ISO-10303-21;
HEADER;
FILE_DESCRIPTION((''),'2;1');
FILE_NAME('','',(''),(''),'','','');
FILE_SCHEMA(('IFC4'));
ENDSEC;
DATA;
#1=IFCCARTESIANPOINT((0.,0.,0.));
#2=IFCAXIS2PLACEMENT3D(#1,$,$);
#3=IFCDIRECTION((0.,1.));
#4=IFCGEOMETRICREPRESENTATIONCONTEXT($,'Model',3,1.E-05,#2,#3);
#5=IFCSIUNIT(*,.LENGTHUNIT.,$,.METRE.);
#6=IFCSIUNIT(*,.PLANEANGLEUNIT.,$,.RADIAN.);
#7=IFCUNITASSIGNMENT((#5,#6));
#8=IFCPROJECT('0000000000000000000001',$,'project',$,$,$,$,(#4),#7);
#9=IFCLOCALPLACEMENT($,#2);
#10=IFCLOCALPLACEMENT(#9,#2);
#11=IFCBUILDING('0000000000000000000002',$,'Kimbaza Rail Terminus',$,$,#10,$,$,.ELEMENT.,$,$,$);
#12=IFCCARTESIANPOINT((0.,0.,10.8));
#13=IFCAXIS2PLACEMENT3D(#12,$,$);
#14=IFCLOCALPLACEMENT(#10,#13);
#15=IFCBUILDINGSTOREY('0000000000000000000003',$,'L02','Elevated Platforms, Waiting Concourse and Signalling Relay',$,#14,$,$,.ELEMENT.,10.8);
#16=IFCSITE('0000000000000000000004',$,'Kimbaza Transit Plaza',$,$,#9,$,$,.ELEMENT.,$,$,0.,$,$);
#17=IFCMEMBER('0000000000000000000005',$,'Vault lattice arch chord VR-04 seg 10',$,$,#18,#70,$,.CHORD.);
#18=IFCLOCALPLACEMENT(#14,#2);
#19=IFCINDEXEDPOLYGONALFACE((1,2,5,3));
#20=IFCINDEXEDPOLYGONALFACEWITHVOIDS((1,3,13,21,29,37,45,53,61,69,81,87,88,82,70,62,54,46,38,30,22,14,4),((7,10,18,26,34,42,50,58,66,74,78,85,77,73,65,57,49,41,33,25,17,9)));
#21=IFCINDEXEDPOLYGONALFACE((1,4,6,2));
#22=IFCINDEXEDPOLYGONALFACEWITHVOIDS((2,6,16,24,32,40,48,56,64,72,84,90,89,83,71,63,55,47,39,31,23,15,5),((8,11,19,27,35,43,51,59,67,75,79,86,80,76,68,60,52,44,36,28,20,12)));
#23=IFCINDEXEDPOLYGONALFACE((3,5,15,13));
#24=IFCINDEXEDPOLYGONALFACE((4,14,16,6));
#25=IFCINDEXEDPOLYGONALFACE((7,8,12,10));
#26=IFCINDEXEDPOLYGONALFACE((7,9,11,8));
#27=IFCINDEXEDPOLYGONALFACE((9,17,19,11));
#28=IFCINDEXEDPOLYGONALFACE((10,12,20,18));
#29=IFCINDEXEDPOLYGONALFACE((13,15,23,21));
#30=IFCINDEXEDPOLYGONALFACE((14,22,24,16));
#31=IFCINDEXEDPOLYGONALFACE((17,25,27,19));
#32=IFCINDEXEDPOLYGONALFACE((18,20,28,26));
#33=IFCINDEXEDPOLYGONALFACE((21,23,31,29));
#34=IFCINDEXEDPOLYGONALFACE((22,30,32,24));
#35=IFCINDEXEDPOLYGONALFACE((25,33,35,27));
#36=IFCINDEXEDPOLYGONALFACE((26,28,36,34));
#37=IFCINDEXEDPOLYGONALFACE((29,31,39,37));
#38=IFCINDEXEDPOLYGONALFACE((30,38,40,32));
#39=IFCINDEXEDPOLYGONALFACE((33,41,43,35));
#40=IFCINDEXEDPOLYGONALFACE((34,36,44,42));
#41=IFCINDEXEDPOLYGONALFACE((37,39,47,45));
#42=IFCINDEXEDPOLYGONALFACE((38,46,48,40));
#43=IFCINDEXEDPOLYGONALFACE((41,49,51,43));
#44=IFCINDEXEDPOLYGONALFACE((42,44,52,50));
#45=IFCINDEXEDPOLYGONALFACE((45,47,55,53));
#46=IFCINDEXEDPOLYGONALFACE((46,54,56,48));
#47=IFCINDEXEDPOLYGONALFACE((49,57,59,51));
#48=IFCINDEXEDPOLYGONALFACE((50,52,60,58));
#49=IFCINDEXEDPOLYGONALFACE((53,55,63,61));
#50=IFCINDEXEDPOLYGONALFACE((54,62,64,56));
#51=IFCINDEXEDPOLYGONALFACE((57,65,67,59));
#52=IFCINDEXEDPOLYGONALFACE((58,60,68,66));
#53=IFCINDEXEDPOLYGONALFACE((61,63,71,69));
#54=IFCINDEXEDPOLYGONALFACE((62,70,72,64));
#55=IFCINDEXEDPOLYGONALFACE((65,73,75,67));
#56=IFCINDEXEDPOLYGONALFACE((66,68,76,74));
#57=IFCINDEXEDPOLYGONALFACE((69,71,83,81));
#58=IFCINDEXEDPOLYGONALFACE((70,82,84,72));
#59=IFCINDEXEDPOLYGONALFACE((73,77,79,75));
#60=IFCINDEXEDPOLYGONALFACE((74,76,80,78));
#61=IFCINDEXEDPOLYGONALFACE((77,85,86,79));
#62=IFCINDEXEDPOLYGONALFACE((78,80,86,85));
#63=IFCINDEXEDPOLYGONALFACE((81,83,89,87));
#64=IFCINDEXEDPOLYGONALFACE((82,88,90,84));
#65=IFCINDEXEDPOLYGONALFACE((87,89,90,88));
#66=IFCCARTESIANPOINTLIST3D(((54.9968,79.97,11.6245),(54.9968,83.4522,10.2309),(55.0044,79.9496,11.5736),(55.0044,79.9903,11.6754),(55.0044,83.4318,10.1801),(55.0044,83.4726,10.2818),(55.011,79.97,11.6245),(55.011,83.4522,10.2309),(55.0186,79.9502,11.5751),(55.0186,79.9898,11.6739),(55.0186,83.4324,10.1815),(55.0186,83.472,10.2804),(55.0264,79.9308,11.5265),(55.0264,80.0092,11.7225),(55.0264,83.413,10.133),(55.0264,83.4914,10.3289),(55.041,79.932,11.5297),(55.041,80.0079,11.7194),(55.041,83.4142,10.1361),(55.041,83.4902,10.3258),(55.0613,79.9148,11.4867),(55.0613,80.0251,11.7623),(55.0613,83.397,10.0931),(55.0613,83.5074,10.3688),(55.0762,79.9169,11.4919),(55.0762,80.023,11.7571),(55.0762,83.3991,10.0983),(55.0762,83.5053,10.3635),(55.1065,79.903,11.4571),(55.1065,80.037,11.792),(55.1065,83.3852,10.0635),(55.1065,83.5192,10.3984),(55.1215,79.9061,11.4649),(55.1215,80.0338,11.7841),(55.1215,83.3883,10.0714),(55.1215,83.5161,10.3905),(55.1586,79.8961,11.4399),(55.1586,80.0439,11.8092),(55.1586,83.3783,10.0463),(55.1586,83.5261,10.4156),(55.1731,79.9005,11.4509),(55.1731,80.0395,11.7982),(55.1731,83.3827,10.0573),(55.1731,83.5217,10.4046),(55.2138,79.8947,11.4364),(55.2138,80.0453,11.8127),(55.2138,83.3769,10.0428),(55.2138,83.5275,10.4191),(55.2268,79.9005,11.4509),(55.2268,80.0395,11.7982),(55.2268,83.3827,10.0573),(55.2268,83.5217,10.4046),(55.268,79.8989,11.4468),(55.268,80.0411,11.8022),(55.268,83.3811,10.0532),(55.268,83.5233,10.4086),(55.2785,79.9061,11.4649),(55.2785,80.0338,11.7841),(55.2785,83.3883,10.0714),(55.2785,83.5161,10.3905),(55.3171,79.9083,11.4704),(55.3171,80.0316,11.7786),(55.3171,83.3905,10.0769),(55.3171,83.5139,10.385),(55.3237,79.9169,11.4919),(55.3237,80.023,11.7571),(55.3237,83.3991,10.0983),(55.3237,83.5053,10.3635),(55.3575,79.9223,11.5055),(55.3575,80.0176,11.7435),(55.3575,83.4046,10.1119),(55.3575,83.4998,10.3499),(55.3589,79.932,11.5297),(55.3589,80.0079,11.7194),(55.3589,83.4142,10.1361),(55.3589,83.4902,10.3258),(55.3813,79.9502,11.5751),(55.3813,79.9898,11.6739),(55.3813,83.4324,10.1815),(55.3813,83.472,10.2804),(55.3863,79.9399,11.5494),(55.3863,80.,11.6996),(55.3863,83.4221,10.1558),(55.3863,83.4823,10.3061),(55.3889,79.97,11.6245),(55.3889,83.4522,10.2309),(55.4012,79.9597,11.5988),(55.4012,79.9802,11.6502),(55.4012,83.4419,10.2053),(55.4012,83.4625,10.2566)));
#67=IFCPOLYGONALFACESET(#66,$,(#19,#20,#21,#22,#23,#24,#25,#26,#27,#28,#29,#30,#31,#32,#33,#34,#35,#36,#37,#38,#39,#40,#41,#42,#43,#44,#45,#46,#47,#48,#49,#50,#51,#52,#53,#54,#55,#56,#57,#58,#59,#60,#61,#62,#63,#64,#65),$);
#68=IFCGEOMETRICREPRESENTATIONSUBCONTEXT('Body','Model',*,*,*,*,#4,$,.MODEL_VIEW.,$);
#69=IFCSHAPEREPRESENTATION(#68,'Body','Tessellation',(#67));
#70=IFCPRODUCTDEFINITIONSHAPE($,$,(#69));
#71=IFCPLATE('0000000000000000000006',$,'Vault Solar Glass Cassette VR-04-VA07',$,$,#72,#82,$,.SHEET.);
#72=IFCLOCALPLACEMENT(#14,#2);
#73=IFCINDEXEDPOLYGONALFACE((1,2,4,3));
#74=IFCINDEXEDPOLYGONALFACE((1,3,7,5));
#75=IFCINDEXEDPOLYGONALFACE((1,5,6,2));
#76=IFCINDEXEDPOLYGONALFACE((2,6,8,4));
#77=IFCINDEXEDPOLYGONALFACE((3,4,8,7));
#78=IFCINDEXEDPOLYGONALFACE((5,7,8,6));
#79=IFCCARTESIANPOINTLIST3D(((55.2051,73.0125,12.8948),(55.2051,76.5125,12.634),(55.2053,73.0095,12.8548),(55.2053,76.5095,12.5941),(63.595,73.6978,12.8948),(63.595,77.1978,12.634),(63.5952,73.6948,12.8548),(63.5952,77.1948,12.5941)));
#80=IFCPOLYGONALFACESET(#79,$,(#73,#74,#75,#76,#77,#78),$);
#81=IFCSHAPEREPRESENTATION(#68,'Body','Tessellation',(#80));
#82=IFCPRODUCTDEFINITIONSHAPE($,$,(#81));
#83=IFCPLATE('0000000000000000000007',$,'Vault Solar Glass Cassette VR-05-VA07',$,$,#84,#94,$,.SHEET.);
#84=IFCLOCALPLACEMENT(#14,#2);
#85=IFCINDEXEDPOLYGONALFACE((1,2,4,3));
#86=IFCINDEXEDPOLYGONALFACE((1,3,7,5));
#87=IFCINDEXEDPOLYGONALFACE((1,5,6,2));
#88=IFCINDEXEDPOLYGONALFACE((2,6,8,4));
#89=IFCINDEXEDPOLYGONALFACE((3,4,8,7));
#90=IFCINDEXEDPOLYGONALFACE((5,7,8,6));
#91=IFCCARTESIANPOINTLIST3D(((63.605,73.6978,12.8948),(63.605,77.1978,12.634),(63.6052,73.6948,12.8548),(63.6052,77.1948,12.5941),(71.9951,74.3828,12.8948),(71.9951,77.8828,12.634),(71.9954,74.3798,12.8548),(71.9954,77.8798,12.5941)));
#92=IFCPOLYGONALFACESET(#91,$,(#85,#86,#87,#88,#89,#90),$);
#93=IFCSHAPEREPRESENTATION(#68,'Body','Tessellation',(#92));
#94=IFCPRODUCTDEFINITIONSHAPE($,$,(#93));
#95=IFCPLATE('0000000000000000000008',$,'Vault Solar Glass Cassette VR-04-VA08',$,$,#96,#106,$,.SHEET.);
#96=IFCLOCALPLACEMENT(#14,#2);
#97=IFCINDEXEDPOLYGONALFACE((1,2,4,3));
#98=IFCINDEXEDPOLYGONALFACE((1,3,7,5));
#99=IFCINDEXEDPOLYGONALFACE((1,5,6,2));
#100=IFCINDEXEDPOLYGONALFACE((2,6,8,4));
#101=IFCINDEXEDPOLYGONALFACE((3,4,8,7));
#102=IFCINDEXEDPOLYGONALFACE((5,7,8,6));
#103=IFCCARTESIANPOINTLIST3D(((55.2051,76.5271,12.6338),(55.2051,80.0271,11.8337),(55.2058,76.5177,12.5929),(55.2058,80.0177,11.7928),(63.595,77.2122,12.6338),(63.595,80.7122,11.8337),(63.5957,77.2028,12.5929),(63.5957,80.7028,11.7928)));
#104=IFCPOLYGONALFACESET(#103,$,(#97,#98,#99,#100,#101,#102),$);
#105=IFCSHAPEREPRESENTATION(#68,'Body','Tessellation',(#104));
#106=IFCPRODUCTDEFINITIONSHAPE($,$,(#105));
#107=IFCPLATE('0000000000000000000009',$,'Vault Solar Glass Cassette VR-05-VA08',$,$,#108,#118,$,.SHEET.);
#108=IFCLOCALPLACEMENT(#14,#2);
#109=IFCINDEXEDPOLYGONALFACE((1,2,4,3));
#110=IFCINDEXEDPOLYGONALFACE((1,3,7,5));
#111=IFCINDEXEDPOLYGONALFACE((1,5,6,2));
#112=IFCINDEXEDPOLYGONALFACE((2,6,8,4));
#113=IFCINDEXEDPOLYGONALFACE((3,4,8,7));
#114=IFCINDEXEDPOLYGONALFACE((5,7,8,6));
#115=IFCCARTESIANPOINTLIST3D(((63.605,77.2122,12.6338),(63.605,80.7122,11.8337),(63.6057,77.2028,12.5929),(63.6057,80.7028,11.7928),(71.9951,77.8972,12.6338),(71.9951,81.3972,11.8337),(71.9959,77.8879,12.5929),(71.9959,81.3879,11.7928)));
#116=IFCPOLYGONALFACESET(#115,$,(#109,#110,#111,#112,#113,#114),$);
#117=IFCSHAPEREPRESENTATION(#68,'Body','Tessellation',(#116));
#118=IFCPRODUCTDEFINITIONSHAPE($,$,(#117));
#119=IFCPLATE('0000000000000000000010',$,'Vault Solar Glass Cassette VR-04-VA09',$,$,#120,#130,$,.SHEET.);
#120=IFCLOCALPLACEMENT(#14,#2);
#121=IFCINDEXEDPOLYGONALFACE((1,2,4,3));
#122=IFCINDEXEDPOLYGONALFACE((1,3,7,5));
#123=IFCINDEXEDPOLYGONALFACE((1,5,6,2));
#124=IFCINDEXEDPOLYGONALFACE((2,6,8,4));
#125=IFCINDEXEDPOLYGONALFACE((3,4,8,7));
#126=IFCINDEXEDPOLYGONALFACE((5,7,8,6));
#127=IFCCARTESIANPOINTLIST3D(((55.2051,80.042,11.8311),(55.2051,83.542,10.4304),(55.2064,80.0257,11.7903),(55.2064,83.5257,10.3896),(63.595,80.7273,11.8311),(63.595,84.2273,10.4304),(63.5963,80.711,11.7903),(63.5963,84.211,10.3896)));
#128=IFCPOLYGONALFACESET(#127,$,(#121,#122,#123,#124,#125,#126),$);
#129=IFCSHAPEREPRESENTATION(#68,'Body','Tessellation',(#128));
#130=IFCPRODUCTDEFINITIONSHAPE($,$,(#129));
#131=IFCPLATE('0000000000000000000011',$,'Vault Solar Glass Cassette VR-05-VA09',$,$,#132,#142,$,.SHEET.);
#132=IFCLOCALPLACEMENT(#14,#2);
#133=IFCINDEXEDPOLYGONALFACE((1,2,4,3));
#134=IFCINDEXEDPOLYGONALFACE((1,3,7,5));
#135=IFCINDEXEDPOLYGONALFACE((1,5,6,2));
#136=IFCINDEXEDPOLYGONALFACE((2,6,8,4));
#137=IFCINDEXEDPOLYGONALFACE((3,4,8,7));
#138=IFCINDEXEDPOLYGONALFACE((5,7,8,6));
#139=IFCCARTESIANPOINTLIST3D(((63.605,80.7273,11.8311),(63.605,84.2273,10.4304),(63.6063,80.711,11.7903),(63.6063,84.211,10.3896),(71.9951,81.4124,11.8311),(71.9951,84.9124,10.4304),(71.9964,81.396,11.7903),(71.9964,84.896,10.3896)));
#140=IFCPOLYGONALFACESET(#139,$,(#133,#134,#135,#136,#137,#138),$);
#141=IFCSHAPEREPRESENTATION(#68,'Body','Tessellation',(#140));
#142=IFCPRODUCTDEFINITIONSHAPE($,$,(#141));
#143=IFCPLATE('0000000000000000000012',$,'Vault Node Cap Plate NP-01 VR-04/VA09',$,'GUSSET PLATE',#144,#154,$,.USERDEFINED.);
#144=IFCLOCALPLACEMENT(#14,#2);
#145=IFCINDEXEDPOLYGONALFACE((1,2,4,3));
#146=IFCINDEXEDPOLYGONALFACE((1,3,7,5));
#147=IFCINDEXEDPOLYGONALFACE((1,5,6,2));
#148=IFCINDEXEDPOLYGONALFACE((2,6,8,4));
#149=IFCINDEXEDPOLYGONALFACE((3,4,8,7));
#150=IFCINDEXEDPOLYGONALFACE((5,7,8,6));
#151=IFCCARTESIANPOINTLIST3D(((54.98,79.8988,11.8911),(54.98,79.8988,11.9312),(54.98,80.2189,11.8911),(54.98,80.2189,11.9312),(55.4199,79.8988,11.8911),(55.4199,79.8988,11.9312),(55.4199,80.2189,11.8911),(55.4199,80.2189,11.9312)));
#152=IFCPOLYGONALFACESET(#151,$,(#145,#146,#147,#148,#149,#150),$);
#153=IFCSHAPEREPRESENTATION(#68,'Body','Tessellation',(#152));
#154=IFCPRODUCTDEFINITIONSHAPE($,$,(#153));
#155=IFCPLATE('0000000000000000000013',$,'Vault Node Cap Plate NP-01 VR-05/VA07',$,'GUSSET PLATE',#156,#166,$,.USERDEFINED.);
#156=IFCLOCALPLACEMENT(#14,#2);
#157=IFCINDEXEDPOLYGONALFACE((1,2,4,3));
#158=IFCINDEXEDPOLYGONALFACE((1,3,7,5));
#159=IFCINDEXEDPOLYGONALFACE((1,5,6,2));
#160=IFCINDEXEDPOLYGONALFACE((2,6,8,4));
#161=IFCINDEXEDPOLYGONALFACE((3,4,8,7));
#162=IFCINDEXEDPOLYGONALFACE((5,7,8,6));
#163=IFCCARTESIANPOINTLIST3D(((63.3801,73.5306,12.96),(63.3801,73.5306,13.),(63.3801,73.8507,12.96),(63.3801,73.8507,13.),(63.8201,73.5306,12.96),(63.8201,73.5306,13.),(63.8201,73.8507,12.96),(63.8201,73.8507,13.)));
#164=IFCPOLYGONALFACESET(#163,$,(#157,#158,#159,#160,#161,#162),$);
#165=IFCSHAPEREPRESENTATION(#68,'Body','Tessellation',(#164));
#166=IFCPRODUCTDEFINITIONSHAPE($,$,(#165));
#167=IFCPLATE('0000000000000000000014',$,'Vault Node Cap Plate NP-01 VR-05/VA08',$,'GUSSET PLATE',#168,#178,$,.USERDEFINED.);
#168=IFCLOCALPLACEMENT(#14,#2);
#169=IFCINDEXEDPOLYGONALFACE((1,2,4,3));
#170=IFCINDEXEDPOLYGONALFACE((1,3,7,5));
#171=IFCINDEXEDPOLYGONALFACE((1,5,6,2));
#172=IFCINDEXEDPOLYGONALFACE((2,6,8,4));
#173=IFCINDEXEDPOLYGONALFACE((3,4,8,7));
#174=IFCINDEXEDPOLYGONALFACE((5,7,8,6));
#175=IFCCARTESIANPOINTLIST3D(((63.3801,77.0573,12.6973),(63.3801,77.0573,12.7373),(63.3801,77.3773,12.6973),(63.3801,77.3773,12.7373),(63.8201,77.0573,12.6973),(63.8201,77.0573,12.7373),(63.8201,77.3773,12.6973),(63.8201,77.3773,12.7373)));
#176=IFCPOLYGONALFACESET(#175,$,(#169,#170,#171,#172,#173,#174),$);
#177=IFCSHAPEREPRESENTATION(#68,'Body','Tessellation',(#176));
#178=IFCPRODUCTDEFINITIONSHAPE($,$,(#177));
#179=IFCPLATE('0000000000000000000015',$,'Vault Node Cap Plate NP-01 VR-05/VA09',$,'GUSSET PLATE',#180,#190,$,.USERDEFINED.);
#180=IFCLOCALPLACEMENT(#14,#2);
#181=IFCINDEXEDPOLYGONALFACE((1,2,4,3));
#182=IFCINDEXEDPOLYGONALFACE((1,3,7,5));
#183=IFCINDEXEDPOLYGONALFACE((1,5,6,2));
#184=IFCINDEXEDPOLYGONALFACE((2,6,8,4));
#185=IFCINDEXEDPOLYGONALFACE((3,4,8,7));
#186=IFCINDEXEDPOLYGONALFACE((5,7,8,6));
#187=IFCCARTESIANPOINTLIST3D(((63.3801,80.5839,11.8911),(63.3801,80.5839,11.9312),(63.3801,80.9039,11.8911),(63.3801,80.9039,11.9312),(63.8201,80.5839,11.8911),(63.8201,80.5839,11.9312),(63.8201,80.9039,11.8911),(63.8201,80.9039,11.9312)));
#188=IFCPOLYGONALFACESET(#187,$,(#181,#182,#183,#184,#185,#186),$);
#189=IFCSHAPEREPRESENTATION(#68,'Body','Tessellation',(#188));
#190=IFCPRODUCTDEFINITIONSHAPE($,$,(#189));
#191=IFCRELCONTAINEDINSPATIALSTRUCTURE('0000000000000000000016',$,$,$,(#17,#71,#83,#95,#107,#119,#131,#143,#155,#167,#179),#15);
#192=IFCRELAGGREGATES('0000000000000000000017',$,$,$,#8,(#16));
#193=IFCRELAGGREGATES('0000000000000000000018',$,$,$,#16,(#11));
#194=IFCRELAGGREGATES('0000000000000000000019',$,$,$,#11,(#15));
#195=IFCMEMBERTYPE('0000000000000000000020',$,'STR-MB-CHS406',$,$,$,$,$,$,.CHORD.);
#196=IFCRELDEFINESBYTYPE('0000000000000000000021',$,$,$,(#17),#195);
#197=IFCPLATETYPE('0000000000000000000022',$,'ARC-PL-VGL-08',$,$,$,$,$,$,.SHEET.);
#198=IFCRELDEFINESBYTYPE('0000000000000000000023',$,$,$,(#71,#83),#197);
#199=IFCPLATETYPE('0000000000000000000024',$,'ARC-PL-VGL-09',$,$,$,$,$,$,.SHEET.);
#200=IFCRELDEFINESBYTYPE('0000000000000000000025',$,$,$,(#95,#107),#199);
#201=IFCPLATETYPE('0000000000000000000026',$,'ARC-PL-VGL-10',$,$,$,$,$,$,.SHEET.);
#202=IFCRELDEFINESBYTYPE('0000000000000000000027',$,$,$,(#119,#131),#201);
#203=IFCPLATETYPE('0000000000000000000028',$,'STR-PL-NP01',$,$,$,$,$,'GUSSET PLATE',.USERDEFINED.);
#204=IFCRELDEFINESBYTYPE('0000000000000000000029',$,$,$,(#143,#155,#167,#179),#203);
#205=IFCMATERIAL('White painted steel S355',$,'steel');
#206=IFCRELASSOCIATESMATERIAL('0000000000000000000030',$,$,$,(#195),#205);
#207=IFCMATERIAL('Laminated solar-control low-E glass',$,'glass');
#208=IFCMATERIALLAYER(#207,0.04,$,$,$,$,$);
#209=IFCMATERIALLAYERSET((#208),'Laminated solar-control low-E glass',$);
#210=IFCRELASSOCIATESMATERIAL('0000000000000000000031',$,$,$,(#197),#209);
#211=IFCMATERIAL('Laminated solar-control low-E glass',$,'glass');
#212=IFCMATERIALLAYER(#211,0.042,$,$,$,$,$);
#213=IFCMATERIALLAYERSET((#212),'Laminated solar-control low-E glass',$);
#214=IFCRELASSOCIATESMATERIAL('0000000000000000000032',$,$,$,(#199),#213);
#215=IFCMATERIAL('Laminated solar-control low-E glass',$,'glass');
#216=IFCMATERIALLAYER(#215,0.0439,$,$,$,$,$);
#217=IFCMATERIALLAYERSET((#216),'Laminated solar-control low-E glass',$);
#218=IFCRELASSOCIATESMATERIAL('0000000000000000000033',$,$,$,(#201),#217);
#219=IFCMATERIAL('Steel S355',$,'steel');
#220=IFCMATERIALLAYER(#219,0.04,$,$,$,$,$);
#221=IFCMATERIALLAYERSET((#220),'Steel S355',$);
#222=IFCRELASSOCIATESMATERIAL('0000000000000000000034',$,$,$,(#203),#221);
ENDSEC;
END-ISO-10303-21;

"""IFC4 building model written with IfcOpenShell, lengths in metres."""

from ifc_helpers import new_model, si_unit, direction, frame, origin, origin_2d, place, context, subcontext, project, spatial, polyline, rectangle, hollow_circle, outline, extrude, material, layer, layer_set, material_profile, profile_set, type_object, element, save


model = new_model("IFC4")

# Units and contexts
model_context = context("Model", 3, precision=1e-05, world=origin(), true_north=direction((0.0, 1.0)))
body_context = subcontext(model_context, "Body", "Model", "MODEL_VIEW")
ifc_project = project(units=[si_unit("LENGTHUNIT", "METRE"), si_unit("PLANEANGLEUNIT", "RADIAN")], contexts=[model_context])

# Site, building, storey
site_placement = place(None, origin())
site = spatial("IfcSite", under=ifc_project, at=site_placement, Name="Kimbaza Transit Plaza", CompositionType="ELEMENT", RefElevation=0.0)
building_placement = place(site_placement, origin())
building = spatial("IfcBuilding", under=site, at=building_placement, Name="Kimbaza Rail Terminus", CompositionType="ELEMENT")
storey_placement = place(building_placement, frame((0.0, 0.0, 10.8)))
storey = spatial("IfcBuildingStorey", under=building, at=storey_placement, Name="L02", Description="Elevated Platforms, Waiting Concourse and Signalling Relay", CompositionType="ELEMENT", Elevation=10.8)

# Member
ifc_material_1 = material(Name="White painted steel S355", Category="steel")
ifc_material_profile_1 = material_profile(ifc_material_1, hollow_circle(Radius=0.2031, WallThickness=0.0142, at=origin_2d()), Name="CHS 406.4x14.2")
ifc_profile_set_1 = profile_set([ifc_material_profile_1], Name="White painted steel S355")
member_type_1 = type_object("IfcMemberType", Name="STR-MB-CHS406", PredefinedType="CHORD", material=ifc_profile_set_1)
member_1_placement = place(storey_placement, frame((55.2, 79.97, 11.6245), z_axis=(0.0, 0.928414, -0.371548), x_axis=(-1.0, 0.0, 0.0)))
element("IfcMember", 1, at=member_1_placement, inside=storey, type_object=member_type_1, Name="Vault lattice arch chord VR-04 seg 10", PredefinedType="CHORD", context=body_context, shape_type="SweptSolid", body=[
    extrude(hollow_circle(Radius=0.2031, WallThickness=0.0142, at=origin_2d()), origin(), (0.0, 0.0, 1.0), 3.7507),
])

# Plates
ifc_material_2 = material(Name="Laminated solar-control low-E glass", Category="glass")
ifc_layer_1 = layer(ifc_material_2, 0.04)
ifc_layer_set_1 = layer_set([ifc_layer_1], Name="Laminated solar-control low-E glass")
plate_type_1 = type_object("IfcPlateType", Name="ARC-PL-VGL-08", PredefinedType="SHEET", material=ifc_layer_set_1)
plate_1_placement = place(storey_placement, frame((55.2051, 73.0125, 12.8948), z_axis=(-0.006068, 0.074291, 0.997218), x_axis=(0.996681, 0.081411, 0.0)))
element("IfcPlate", 2, at=plate_1_placement, inside=storey, type_object=plate_type_1, Name="Vault Solar Glass Cassette VR-04-VA07", PredefinedType="SHEET", context=body_context, shape_type="SweptSolid", body=[
    extrude(outline(polyline([(0.0, 0.0), (8.4178, 0.0), (8.7028, 3.4981), (0.2849, 3.4981), (0.0, 0.0)])), origin(), (0.0, 0.0, -1.0), 0.04),
])
plate_2_placement = place(storey_placement, frame((63.605, 73.6978, 12.8948), z_axis=(-0.006066, 0.074291, 0.997218), x_axis=(0.996683, 0.08138, 0.0)))
element("IfcPlate", 3, at=plate_2_placement, inside=storey, type_object=plate_type_1, Name="Vault Solar Glass Cassette VR-05-VA07", PredefinedType="SHEET", context=body_context, shape_type="SweptSolid", body=[
    extrude(outline(polyline([(0.0, 0.0), (8.4181, 0.0), (8.7029, 3.4981), (0.2848, 3.4981), (0.0, 0.0)])), origin(), (0.0, 0.0, -1.0), 0.04),
])
ifc_material_3 = material(Name="Laminated solar-control low-E glass", Category="glass")
ifc_layer_2 = layer(ifc_material_3, 0.042)
ifc_layer_set_2 = layer_set([ifc_layer_2], Name="Laminated solar-control low-E glass")
plate_type_2 = type_object("IfcPlateType", Name="ARC-PL-VGL-09", PredefinedType="SHEET", material=ifc_layer_set_2)
plate_3_placement = place(storey_placement, frame((55.2051, 76.5271, 12.6338), z_axis=(-0.018192, 0.222801, 0.974694), x_axis=(0.996683, 0.081382, 0.0)))
element("IfcPlate", 4, at=plate_3_placement, inside=storey, type_object=plate_type_2, Name="Vault Solar Glass Cassette VR-04-VA08", PredefinedType="SHEET", context=body_context, shape_type="SweptSolid", body=[
    extrude(outline(polyline([(0.0, 0.0), (8.4178, 0.0), (8.7027, 3.579), (0.2848, 3.579), (0.0, 0.0)])), origin(), (0.0, 0.0, -1.0), 0.042),
])
plate_4_placement = place(storey_placement, frame((63.605, 77.2122, 12.6338), z_axis=(-0.018192, 0.222801, 0.974694), x_axis=(0.996683, 0.08138, 0.0)))
element("IfcPlate", 5, at=plate_4_placement, inside=storey, type_object=plate_type_2, Name="Vault Solar Glass Cassette VR-05-VA08", PredefinedType="SHEET", context=body_context, shape_type="SweptSolid", body=[
    extrude(outline(polyline([(0.0, 0.0), (8.4181, 0.0), (8.7029, 3.579), (0.2848, 3.579), (0.0, 0.0)])), origin(), (0.0, 0.0, -1.0), 0.042),
])
ifc_material_4 = material(Name="Laminated solar-control low-E glass", Category="glass")
ifc_layer_3 = layer(ifc_material_4, 0.0439)
ifc_layer_set_3 = layer_set([ifc_layer_3], Name="Laminated solar-control low-E glass")
plate_type_3 = type_object("IfcPlateType", Name="ARC-PL-VGL-10", PredefinedType="SHEET", material=ifc_layer_set_3)
plate_5_placement = place(storey_placement, frame((55.2051, 80.042, 11.8311), z_axis=(-0.030334, 0.371365, 0.927991), x_axis=(0.996681, 0.081411, 0.0)))
element("IfcPlate", 6, at=plate_5_placement, inside=storey, type_object=plate_type_3, Name="Vault Solar Glass Cassette VR-04-VA09", PredefinedType="SHEET", context=body_context, shape_type="SweptSolid", body=[
    extrude(outline(polyline([(0.0, 0.0), (8.4178, 0.0), (8.7028, 3.7591), (0.2849, 3.7591), (0.0, 0.0)])), origin(), (0.0, 0.0, -1.0), 0.0439),
])
plate_6_placement = place(storey_placement, frame((63.605, 80.7273, 11.8311), z_axis=(-0.030322, 0.371365, 0.927992), x_axis=(0.996683, 0.08138, 0.0)))
element("IfcPlate", 7, at=plate_6_placement, inside=storey, type_object=plate_type_3, Name="Vault Solar Glass Cassette VR-05-VA09", PredefinedType="SHEET", context=body_context, shape_type="SweptSolid", body=[
    extrude(outline(polyline([(0.0, 0.0), (8.4181, 0.0), (8.7029, 3.7591), (0.2848, 3.7591), (0.0, 0.0)])), origin(), (0.0, 0.0, -1.0), 0.0439),
])
ifc_material_5 = material(Name="Steel S355", Category="steel")
ifc_layer_4 = layer(ifc_material_5, 0.04)
ifc_layer_set_4 = layer_set([ifc_layer_4], Name="Steel S355")
plate_type_4 = type_object("IfcPlateType", Name="STR-PL-NP01", ElementType="GUSSET PLATE", PredefinedType="USERDEFINED", material=ifc_layer_set_4)
for number, where, z_axis, x_axis, name in (
    (8, (55.2, 80.0588, 11.8911), (0.0, 0.0, 1.0), (1.0, 0.0, 0.0), "Vault Node Cap Plate NP-01 VR-04/VA09"),
    (9, (63.6001, 73.6907, 12.96), (0.0, 0.0, 1.0), (1.0, 0.0, 0.0), "Vault Node Cap Plate NP-01 VR-05/VA07"),
    (10, (63.6001, 77.2173, 12.6973), (0.0, 0.0, 1.0), (1.0, 0.0, 0.0), "Vault Node Cap Plate NP-01 VR-05/VA08"),
    (11, (63.6001, 80.7439, 11.8911), (0.0, 0.0, 1.0), (1.0, 0.0, 0.0), "Vault Node Cap Plate NP-01 VR-05/VA09"),
):
    element("IfcPlate", number, at=place(storey_placement, frame(where, z_axis=z_axis, x_axis=x_axis)), inside=storey, type_object=plate_type_4, Name=name, ObjectType="GUSSET PLATE", PredefinedType="USERDEFINED", context=body_context, shape_type="SweptSolid", body=[
        extrude(rectangle(XDim=0.4399, YDim=0.3201, at=origin_2d()), origin(), (0.0, 0.0, 1.0), 0.04),
    ])

save(model, "model.ifc")
